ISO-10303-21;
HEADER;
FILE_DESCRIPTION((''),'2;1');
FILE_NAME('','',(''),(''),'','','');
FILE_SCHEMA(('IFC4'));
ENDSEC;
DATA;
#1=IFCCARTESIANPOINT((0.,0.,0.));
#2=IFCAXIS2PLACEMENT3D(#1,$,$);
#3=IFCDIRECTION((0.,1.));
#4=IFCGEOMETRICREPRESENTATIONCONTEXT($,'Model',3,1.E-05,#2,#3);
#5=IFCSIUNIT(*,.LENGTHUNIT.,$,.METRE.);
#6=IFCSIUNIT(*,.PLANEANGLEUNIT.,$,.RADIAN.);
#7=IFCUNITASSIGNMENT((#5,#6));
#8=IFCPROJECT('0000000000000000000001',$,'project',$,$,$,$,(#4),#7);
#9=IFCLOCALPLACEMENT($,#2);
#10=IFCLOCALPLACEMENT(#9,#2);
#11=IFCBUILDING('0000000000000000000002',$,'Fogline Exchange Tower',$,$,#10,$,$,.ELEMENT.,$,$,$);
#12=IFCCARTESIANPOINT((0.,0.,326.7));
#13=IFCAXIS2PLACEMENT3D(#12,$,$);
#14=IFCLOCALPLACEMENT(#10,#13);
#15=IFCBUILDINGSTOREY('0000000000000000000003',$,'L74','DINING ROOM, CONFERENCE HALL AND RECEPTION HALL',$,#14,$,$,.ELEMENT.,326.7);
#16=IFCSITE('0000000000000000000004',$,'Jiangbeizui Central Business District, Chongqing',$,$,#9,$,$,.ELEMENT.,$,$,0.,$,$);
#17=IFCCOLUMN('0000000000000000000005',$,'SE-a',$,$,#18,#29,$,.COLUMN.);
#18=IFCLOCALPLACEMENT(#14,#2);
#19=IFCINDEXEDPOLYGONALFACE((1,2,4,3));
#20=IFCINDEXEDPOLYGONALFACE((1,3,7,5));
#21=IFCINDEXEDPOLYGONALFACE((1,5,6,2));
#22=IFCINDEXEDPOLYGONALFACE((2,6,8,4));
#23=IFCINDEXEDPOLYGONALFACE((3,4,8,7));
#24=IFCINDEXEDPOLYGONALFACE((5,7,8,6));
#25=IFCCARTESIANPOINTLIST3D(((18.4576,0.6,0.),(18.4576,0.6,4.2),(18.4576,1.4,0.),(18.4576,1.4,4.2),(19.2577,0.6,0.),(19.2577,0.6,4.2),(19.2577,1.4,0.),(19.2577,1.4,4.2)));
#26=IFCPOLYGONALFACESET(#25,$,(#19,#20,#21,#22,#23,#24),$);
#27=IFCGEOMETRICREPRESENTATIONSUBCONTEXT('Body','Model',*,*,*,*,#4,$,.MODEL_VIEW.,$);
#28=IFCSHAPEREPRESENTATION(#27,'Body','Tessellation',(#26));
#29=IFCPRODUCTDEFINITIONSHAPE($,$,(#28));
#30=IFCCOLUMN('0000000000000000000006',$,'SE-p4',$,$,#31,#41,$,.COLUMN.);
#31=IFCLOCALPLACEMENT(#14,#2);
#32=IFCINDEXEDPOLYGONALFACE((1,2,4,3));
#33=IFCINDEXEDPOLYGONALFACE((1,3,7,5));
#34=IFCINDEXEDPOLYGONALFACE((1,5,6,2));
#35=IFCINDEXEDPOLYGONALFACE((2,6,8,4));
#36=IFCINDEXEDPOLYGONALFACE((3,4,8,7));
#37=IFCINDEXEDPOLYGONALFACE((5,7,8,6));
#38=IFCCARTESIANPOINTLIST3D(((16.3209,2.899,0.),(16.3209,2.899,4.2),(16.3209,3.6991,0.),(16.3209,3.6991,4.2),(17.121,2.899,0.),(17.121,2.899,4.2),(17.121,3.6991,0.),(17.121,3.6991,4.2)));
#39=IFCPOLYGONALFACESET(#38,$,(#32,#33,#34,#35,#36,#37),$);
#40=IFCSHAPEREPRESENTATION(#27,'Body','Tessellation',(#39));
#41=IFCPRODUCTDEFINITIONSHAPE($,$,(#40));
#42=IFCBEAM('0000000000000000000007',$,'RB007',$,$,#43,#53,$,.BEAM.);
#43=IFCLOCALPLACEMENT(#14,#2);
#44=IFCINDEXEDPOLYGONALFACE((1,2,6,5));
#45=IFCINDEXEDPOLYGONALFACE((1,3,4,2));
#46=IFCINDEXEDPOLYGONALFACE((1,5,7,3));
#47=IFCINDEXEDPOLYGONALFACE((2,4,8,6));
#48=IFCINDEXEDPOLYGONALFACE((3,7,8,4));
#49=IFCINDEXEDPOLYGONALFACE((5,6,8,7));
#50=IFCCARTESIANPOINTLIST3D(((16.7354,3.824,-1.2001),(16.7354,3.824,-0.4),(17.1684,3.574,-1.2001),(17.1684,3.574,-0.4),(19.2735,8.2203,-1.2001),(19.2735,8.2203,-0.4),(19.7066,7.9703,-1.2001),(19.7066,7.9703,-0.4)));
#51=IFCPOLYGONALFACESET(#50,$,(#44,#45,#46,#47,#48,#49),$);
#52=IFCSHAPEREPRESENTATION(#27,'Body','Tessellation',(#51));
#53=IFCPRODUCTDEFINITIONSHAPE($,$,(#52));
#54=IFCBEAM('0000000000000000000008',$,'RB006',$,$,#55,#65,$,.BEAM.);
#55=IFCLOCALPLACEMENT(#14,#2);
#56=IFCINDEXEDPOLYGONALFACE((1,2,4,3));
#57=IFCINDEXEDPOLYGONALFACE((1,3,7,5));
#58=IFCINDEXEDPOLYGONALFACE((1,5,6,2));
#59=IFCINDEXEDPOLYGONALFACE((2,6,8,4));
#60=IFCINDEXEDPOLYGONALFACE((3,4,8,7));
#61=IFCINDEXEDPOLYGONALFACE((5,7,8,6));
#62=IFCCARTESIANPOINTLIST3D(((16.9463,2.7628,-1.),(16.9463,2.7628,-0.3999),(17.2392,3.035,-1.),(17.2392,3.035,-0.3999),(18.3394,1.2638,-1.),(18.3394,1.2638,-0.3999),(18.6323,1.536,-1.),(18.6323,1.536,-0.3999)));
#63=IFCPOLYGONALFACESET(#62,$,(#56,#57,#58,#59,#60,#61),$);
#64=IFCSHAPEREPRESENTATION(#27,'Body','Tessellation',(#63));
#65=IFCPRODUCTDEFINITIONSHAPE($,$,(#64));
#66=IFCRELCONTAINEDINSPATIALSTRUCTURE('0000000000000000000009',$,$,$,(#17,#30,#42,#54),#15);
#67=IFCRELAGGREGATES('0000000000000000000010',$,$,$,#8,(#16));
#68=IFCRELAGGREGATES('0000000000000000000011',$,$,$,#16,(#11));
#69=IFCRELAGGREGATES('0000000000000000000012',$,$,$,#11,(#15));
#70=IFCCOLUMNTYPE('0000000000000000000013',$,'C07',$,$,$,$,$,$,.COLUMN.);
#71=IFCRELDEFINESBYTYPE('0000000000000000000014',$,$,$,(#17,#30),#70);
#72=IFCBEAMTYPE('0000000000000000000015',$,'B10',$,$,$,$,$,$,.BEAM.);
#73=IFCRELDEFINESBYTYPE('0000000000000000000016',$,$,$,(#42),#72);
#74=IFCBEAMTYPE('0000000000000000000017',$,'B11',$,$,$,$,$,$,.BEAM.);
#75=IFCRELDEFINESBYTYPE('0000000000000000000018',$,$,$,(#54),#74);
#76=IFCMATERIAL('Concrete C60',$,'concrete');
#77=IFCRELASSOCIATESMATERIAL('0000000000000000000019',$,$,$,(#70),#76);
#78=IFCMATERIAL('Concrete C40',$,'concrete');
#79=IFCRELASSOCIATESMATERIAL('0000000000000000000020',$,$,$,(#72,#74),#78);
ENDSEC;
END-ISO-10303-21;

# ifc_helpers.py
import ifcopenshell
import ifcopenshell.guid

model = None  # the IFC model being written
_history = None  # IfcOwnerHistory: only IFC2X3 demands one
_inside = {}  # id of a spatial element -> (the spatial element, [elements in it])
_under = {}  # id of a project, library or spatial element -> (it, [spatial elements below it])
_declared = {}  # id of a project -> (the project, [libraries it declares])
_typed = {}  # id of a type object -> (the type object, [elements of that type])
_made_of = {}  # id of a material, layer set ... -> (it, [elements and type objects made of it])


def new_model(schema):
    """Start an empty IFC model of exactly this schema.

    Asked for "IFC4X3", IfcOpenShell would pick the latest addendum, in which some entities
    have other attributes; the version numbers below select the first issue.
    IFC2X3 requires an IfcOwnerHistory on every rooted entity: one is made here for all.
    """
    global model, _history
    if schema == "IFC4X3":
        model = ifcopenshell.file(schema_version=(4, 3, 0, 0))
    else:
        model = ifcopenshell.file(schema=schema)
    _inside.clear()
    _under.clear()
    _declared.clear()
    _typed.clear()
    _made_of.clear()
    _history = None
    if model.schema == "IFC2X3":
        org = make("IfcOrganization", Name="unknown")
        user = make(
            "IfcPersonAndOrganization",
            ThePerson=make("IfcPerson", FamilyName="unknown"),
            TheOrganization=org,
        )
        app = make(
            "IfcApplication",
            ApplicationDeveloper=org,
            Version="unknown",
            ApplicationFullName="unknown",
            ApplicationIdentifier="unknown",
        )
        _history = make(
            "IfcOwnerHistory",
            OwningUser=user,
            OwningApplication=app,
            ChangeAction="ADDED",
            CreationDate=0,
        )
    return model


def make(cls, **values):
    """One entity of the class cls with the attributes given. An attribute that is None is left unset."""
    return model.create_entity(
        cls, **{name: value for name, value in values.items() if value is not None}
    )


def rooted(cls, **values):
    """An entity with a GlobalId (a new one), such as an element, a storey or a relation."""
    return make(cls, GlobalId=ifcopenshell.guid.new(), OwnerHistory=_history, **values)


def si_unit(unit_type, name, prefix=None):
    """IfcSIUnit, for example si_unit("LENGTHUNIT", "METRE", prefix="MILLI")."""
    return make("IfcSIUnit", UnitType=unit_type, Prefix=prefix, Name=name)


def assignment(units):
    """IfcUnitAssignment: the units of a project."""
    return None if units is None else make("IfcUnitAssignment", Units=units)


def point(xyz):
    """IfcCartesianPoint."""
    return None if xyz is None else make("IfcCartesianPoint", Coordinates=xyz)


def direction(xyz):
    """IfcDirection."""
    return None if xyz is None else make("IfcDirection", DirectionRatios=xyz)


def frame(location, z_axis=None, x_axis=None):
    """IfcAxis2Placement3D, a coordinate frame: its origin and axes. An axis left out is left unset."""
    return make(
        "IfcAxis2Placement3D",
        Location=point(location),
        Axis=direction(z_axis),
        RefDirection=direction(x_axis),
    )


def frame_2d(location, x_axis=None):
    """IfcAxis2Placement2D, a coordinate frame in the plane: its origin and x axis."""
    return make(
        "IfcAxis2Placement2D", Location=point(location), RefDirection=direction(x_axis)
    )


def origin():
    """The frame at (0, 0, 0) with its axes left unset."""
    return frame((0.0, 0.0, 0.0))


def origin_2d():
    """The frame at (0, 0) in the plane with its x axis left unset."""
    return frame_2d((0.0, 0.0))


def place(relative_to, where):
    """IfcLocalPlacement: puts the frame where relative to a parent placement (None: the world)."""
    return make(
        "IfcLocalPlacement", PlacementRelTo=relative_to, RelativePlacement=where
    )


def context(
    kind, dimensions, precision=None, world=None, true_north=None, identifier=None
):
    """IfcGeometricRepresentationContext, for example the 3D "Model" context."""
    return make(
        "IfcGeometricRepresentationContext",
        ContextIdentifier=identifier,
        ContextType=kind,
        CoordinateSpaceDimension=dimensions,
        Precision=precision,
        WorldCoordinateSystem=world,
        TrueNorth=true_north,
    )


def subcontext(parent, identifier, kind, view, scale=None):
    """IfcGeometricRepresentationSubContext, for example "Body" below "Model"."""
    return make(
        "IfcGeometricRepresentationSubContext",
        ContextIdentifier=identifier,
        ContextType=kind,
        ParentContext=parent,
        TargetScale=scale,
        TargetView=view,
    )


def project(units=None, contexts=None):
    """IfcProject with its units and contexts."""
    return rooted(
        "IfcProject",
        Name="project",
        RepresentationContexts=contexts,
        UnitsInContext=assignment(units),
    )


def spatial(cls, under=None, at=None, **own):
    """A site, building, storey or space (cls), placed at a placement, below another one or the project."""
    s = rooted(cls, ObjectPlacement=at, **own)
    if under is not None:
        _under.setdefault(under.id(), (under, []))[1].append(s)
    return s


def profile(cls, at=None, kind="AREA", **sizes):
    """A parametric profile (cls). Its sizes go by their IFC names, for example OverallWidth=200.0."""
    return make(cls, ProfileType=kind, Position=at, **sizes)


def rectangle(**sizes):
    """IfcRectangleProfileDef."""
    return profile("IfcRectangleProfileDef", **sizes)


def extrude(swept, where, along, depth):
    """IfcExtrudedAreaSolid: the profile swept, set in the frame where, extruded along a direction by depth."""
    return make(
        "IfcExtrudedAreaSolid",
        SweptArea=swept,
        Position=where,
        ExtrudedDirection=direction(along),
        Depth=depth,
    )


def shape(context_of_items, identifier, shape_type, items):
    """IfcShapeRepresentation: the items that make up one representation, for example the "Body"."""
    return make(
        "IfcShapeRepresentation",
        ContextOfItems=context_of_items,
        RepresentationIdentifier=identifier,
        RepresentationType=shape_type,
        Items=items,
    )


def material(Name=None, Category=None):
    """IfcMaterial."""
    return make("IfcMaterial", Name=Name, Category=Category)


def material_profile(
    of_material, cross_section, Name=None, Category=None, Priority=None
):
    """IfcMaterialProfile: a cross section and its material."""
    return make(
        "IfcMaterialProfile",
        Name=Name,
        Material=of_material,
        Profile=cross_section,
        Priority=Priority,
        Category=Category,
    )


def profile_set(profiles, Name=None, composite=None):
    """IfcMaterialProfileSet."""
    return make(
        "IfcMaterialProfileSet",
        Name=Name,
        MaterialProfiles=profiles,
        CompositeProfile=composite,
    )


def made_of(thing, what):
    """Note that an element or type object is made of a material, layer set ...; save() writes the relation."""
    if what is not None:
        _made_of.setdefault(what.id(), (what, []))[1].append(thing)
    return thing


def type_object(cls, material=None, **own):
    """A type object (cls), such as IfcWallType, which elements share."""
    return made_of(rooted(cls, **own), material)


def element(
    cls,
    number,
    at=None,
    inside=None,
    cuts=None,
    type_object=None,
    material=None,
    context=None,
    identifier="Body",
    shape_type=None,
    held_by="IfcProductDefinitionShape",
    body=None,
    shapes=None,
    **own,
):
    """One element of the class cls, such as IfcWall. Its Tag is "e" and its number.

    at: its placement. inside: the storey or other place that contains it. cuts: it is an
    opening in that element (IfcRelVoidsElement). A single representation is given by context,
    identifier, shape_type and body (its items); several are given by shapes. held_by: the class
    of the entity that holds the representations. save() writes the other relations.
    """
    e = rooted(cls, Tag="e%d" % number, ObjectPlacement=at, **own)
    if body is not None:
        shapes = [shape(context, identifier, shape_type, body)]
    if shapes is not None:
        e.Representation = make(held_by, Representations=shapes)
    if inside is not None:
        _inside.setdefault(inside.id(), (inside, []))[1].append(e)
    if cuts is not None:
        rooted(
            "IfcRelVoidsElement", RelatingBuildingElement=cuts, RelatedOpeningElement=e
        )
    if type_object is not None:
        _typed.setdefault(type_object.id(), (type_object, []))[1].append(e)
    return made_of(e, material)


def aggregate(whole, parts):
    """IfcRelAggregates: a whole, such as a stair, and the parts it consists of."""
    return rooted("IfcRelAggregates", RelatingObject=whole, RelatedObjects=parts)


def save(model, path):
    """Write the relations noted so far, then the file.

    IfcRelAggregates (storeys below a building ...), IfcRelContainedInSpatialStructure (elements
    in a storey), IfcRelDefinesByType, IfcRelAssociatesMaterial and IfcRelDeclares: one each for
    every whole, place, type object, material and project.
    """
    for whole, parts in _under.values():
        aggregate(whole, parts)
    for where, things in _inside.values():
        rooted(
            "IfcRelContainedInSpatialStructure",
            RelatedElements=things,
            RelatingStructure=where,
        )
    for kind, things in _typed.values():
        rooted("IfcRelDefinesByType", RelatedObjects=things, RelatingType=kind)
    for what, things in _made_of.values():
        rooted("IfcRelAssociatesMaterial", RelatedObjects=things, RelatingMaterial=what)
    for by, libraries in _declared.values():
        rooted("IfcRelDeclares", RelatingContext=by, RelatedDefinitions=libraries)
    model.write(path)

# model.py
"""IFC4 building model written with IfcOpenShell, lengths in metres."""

from ifc_helpers import new_model, si_unit, direction, frame, origin, origin_2d, place, context, subcontext, project, spatial, rectangle, extrude, material, material_profile, profile_set, type_object, element, save


model = new_model("IFC4")

# Units and contexts
model_context = context("Model", 3, precision=1e-05, world=origin(), true_north=direction((0.0, 1.0)))
body_context = subcontext(model_context, "Body", "Model", "MODEL_VIEW")
ifc_project = project(units=[si_unit("LENGTHUNIT", "METRE"), si_unit("PLANEANGLEUNIT", "RADIAN")], contexts=[model_context])

# Site, building, storey
site_placement = place(None, origin())
site = spatial("IfcSite", under=ifc_project, at=site_placement, Name="Jiangbeizui Central Business District, Chongqing", CompositionType="ELEMENT", RefElevation=0.0)
building_placement = place(site_placement, origin())
building = spatial("IfcBuilding", under=site, at=building_placement, Name="Fogline Exchange Tower", CompositionType="ELEMENT")
storey_placement = place(building_placement, frame((0.0, 0.0, 326.7)))
storey = spatial("IfcBuildingStorey", under=building, at=storey_placement, Name="L74", Description="DINING ROOM, CONFERENCE HALL AND RECEPTION HALL", CompositionType="ELEMENT", Elevation=326.7)

# Columns
ifc_material_1 = material(Name="Concrete C60", Category="concrete")
ifc_material_profile_1 = material_profile(ifc_material_1, rectangle(XDim=0.8, YDim=0.8, at=origin_2d()), Name="RC 800x800")
ifc_profile_set_1 = profile_set([ifc_material_profile_1], Name="Concrete C60")
column_type = type_object("IfcColumnType", Name="C07", PredefinedType="COLUMN", material=ifc_profile_set_1)
for number, where, z_axis, x_axis, name in (
    (1, (18.8577, 1.0, 0.0), (0.0, 0.0, 1.0), (1.0, 0.0, 0.0), "SE-a"),
    (2, (16.7209, 3.2991, 0.0), (0.0, 0.0, 1.0), (1.0, 0.0, 0.0), "SE-p4"),
):
    element("IfcColumn", number, at=place(storey_placement, frame(where, z_axis=z_axis, x_axis=x_axis)), inside=storey, type_object=column_type, Name=name, PredefinedType="COLUMN", context=body_context, shape_type="SweptSolid", body=[
        extrude(rectangle(XDim=0.8, YDim=0.8, at=origin_2d()), origin(), (0.0, 0.0, 1.0), 4.2),
    ])

# Beams
ifc_material_2 = material(Name="Concrete C40", Category="concrete")
ifc_material_profile_2 = material_profile(ifc_material_2, rectangle(XDim=0.5, YDim=0.8, at=origin_2d()), Name="RC 500x800")
ifc_profile_set_2 = profile_set([ifc_material_profile_2], Name="Concrete C40")
beam_type_1 = type_object("IfcBeamType", Name="B10", PredefinedType="BEAM", material=ifc_profile_set_2)
beam_1_placement = place(storey_placement, frame((16.9519, 3.699, -0.8), z_axis=(0.499988, 0.866033, 0.0), x_axis=(-0.866033, 0.499988, 0.0)))
element("IfcBeam", 3, at=beam_1_placement, inside=storey, type_object=beam_type_1, Name="RB007", PredefinedType="BEAM", context=body_context, shape_type="SweptSolid", body=[
    extrude(rectangle(XDim=0.5, YDim=0.8, at=origin_2d()), origin(), (0.0, 0.0, 1.0), 5.0764),
])
ifc_material_profile_3 = material_profile(ifc_material_2, rectangle(XDim=0.3999, YDim=0.6001, at=origin_2d()), Name="RC 400x600")
ifc_profile_set_3 = profile_set([ifc_material_profile_3], Name="Concrete C40")
beam_type_2 = type_object("IfcBeamType", Name="B11", PredefinedType="BEAM", material=ifc_profile_set_3)
beam_2_placement = place(storey_placement, frame((18.4858, 1.3999, -0.7), z_axis=(-0.680744, 0.732521, 0.0), x_axis=(-0.732521, -0.680744, 0.0)))
element("IfcBeam", 4, at=beam_2_placement, inside=storey, type_object=beam_type_2, Name="RB006", PredefinedType="BEAM", context=body_context, shape_type="SweptSolid", body=[
    extrude(rectangle(XDim=0.3999, YDim=0.6001, at=origin_2d()), origin(), (0.0, 0.0, 1.0), 2.0464),
])

save(model, "model.ifc")
